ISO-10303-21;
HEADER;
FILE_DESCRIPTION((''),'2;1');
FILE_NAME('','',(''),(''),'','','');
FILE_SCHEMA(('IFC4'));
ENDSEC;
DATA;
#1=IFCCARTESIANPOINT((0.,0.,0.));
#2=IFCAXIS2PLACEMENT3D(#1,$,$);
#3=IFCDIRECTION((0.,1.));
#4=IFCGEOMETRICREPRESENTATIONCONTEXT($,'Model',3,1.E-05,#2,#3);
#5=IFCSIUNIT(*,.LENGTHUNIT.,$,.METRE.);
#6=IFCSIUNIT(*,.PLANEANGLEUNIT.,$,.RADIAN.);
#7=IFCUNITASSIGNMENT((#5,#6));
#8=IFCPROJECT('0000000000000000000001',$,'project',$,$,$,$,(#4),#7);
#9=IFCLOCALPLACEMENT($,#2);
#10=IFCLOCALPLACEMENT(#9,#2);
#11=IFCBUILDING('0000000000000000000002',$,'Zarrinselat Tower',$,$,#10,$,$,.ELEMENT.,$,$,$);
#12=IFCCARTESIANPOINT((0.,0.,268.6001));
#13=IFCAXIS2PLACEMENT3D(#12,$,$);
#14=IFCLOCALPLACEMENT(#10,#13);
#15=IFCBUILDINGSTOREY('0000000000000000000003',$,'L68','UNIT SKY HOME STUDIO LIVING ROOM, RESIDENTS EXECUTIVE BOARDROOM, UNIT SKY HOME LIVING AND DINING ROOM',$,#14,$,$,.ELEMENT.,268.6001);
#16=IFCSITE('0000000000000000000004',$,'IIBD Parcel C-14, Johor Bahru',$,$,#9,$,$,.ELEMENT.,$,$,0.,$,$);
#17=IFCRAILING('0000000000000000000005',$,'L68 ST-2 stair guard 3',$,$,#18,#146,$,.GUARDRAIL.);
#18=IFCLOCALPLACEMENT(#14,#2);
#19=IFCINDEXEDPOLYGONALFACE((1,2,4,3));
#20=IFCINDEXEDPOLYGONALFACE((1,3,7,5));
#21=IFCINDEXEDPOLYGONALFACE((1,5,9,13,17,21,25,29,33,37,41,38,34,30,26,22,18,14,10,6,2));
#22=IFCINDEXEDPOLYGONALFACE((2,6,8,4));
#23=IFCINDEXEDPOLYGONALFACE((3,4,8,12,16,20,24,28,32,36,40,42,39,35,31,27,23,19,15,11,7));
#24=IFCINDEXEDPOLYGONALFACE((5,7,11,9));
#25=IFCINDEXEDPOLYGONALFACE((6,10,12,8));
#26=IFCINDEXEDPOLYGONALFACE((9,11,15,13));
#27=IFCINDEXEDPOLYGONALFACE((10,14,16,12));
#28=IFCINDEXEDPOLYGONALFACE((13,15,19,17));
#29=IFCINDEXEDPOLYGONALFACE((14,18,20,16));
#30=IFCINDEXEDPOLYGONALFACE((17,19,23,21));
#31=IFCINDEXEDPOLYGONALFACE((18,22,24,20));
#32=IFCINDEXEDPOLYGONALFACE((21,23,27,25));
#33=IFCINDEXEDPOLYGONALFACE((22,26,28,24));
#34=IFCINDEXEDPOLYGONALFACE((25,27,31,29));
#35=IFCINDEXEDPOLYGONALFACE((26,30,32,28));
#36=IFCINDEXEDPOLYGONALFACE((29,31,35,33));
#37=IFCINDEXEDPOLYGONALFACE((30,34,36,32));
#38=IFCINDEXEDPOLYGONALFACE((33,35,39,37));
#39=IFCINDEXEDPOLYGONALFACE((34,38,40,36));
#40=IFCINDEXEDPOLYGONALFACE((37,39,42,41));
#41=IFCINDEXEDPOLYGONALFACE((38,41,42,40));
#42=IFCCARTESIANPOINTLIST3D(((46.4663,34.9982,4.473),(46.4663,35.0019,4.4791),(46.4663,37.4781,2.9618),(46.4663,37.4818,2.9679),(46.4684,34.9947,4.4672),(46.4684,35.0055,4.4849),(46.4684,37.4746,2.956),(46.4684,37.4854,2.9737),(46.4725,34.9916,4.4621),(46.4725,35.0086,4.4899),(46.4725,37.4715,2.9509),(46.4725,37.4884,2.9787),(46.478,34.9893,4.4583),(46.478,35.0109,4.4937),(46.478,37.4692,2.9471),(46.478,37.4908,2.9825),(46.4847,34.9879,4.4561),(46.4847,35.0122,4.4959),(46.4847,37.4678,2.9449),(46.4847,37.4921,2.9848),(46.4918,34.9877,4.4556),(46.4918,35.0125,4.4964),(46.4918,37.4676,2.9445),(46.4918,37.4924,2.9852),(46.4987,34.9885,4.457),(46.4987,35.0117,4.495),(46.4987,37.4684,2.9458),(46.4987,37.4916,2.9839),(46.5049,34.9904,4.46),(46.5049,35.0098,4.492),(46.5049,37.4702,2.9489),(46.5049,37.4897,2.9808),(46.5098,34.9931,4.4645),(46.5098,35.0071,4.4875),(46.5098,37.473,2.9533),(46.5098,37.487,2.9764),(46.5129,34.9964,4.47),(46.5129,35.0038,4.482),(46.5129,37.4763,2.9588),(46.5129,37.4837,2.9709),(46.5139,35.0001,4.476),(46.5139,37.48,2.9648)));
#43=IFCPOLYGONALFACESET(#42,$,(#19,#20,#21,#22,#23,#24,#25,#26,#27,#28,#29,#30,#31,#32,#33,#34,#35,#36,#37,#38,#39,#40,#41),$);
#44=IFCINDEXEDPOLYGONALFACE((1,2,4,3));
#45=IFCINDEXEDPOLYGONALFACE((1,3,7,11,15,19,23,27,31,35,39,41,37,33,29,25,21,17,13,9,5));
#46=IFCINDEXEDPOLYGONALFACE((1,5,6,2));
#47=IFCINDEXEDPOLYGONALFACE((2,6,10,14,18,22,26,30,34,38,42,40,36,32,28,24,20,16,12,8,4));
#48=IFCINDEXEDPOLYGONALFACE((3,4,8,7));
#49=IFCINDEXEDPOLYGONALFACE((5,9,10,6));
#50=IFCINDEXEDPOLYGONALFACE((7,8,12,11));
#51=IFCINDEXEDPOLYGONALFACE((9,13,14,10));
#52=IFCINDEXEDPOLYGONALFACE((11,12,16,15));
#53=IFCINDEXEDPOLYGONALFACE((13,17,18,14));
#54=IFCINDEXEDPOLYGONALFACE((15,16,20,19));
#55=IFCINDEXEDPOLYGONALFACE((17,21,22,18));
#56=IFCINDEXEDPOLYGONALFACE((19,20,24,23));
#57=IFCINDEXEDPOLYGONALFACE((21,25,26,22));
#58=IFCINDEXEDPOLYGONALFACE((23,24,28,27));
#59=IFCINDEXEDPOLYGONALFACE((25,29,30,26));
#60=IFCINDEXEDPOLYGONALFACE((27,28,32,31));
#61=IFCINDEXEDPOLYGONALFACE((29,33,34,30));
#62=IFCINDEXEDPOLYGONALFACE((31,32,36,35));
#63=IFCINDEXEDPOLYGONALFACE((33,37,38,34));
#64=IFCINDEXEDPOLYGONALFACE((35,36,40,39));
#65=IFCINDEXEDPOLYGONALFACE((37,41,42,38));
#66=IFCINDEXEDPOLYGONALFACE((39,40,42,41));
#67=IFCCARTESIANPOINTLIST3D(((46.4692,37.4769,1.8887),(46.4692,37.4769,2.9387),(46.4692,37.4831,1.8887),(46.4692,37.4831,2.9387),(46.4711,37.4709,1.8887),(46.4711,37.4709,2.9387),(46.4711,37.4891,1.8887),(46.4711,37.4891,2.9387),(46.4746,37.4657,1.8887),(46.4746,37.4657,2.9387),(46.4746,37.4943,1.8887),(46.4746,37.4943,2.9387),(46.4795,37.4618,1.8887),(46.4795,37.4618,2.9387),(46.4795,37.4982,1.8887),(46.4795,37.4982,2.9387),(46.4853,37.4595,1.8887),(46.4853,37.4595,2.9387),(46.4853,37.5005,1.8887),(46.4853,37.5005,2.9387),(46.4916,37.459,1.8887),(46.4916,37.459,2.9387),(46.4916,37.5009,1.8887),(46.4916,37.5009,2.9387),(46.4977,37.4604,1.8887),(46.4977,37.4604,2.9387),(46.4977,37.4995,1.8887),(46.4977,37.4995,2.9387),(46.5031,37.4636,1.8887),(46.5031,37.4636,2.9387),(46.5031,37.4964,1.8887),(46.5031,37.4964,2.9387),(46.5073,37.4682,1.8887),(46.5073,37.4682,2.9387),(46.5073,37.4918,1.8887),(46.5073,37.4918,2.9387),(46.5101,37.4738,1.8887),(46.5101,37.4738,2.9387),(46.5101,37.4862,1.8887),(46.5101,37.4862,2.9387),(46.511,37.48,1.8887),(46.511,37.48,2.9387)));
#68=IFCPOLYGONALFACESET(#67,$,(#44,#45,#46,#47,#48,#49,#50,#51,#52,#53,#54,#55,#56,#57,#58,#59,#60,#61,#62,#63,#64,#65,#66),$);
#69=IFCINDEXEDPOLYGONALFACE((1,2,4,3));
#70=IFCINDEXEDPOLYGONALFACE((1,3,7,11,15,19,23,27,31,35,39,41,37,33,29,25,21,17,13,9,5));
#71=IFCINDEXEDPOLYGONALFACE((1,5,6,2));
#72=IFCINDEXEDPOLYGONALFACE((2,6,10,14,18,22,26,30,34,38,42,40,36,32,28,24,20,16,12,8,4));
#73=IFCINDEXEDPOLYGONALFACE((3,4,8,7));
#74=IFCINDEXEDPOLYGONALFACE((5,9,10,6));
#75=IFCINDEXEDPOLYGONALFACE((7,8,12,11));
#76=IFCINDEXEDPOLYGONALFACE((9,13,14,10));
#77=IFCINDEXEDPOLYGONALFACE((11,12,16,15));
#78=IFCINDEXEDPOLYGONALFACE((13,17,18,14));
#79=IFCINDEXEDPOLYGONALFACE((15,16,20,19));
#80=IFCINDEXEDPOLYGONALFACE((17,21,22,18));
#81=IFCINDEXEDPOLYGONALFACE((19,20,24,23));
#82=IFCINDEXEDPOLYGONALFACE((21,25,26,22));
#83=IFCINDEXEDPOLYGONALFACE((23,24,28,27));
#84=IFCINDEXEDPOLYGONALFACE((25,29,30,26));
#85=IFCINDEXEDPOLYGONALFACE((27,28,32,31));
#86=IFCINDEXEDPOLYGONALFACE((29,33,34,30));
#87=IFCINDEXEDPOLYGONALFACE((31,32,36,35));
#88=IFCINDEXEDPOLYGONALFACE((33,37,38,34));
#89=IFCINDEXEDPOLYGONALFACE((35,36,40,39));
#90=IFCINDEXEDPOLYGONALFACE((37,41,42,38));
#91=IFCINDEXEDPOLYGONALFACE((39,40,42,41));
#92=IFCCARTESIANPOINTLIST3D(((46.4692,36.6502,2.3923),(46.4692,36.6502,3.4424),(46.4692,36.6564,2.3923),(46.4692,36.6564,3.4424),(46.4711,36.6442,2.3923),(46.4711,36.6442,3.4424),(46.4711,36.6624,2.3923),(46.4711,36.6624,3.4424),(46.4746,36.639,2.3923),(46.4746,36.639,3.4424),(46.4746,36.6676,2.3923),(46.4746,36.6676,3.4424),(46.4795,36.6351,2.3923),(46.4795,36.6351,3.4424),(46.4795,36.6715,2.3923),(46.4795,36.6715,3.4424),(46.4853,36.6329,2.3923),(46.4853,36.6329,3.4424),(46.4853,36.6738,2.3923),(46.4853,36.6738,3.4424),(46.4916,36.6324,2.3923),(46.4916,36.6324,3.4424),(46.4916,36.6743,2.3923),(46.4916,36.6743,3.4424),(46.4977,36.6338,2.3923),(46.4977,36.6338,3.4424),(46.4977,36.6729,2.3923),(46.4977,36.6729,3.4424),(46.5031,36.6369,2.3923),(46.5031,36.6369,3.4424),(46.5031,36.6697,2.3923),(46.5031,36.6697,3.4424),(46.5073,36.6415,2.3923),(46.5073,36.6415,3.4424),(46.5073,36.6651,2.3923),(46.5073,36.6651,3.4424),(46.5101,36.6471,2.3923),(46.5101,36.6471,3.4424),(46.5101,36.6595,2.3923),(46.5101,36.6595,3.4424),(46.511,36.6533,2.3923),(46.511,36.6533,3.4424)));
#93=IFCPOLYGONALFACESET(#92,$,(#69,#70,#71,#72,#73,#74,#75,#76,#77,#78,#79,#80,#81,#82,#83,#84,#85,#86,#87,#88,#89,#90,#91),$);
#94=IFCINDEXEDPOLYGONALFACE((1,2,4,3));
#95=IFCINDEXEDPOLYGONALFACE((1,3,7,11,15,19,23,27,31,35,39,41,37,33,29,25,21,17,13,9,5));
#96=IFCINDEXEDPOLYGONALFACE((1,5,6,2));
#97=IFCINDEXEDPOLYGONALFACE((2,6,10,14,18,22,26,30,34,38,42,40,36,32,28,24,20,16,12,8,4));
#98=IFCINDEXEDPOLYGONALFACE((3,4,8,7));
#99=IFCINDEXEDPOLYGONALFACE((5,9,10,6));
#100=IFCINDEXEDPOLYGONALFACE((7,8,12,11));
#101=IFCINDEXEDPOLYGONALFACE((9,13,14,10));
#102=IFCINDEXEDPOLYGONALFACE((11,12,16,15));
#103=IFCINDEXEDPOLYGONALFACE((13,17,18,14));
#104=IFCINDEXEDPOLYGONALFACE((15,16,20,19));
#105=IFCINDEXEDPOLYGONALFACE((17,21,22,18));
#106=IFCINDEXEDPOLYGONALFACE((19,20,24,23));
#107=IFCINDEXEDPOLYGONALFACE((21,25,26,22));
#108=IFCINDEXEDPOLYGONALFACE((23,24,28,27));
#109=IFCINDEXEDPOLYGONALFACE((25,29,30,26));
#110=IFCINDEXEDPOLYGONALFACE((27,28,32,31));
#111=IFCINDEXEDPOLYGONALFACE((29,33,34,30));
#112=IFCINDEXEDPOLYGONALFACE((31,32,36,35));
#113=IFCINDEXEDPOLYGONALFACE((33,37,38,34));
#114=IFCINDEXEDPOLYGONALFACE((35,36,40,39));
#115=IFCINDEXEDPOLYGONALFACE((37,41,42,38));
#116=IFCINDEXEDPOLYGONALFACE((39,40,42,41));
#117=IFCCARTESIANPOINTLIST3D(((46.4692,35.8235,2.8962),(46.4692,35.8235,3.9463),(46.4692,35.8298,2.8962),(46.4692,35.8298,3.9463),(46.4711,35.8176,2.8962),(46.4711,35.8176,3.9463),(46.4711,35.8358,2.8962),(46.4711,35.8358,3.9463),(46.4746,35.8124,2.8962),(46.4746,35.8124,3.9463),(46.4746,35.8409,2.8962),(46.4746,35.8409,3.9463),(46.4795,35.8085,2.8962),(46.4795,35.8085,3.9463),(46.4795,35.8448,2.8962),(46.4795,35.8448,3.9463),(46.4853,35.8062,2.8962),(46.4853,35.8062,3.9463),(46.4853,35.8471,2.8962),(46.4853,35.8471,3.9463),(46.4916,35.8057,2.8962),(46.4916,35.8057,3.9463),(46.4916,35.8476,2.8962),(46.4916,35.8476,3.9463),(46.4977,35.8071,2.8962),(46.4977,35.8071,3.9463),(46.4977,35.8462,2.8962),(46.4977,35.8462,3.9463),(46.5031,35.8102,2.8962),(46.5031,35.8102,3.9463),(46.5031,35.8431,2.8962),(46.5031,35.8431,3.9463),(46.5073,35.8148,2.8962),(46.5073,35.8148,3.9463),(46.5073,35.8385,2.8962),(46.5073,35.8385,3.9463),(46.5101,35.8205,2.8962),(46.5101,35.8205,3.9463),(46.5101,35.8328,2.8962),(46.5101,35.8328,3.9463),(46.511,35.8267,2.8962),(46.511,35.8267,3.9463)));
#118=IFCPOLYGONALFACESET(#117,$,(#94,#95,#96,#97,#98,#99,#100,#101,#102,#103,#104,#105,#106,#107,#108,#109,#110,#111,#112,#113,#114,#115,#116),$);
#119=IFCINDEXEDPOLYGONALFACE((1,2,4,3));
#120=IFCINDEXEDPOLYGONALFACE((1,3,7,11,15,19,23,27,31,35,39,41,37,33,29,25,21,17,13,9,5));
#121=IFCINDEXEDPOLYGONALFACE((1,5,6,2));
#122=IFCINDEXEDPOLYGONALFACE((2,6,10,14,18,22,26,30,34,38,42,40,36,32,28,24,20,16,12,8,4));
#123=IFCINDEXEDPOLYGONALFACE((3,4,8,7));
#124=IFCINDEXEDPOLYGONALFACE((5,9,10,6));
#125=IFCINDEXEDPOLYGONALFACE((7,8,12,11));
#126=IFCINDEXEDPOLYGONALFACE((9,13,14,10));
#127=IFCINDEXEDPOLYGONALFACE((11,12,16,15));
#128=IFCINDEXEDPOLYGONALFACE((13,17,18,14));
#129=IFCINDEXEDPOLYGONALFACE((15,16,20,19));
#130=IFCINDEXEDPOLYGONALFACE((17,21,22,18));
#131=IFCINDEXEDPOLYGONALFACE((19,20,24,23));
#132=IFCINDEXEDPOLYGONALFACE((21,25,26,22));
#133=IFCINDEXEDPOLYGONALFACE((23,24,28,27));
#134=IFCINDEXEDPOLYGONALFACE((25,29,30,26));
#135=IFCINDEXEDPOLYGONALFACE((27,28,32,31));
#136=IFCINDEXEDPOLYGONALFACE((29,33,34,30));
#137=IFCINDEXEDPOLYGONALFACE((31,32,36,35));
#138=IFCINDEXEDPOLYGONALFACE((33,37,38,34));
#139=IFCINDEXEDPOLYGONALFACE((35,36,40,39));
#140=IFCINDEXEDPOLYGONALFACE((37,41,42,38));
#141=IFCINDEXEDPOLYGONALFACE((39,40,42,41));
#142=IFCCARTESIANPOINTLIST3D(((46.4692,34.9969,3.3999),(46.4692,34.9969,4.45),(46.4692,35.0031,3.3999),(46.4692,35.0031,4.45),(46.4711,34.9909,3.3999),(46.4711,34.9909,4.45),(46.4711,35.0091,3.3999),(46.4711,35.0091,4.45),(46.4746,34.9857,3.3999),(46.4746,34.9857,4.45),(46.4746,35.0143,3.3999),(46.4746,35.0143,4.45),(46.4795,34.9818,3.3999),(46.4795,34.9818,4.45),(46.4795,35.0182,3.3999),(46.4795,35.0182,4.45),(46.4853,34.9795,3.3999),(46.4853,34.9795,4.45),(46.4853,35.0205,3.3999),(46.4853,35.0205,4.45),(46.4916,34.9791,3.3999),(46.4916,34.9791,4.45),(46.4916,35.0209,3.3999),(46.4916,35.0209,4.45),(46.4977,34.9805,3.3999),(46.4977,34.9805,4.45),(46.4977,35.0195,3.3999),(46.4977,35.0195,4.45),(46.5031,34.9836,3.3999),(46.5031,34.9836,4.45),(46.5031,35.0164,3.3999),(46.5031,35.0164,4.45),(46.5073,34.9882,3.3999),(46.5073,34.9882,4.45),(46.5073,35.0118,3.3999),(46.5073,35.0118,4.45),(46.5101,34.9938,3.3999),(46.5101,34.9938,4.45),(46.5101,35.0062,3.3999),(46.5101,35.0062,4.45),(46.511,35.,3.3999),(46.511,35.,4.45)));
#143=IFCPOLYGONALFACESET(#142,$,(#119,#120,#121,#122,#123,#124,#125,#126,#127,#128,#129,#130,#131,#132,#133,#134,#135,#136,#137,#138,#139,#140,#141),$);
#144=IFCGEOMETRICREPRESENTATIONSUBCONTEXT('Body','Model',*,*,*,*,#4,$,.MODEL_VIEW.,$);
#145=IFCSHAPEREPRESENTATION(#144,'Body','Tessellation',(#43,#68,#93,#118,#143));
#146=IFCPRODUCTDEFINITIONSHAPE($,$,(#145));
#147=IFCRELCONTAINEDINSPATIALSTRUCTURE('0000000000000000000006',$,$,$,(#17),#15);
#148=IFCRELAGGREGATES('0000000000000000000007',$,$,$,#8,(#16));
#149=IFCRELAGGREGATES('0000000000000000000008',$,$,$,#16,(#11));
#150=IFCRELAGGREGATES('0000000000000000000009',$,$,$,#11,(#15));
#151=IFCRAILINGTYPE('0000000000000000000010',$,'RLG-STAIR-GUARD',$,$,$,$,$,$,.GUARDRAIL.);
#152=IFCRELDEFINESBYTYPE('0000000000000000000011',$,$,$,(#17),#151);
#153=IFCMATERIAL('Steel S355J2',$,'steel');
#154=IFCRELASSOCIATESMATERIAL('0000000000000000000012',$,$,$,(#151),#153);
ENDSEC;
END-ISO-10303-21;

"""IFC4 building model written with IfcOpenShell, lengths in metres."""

from ifc_helpers import new_model, si_unit, direction, frame, origin, origin_2d, place, context, subcontext, project, spatial, circle, extrude, material, type_object, element, save


model = new_model("IFC4")

# Units and contexts
model_context = context("Model", 3, precision=1e-05, world=origin(), true_north=direction((0.0, 1.0)))
body_context = subcontext(model_context, "Body", "Model", "MODEL_VIEW")
ifc_project = project(units=[si_unit("LENGTHUNIT", "METRE"), si_unit("PLANEANGLEUNIT", "RADIAN")], contexts=[model_context])

# Site, building, storey
site_placement = place(None, origin())
site = spatial("IfcSite", under=ifc_project, at=site_placement, Name="IIBD Parcel C-14, Johor Bahru", CompositionType="ELEMENT", RefElevation=0.0)
building_placement = place(site_placement, origin())
building = spatial("IfcBuilding", under=site, at=building_placement, Name="Zarrinselat Tower", CompositionType="ELEMENT")
storey_placement = place(building_placement, frame((0.0, 0.0, 268.6001)))
storey = spatial("IfcBuildingStorey", under=building, at=storey_placement, Name="L68", Description="UNIT SKY HOME STUDIO LIVING ROOM, RESIDENTS EXECUTIVE BOARDROOM, UNIT SKY HOME LIVING AND DINING ROOM", CompositionType="ELEMENT", Elevation=268.6001)

# Railing
ifc_material_1 = material(Name="Steel S355J2", Category="steel")
railing_type_1 = type_object("IfcRailingType", Name="RLG-STAIR-GUARD", PredefinedType="GUARDRAIL", material=ifc_material_1)
railing_1_placement = place(storey_placement, frame((46.49, 37.48, 1.8887)))
element("IfcRailing", 1, at=railing_1_placement, inside=storey, type_object=railing_type_1, Name="L68 ST-2 stair guard 3", PredefinedType="GUARDRAIL", context=body_context, shape_type="SweptSolid", body=[
    extrude(circle(Radius=0.0239, at=origin_2d()), frame((0.0, 0.0, 1.0762), z_axis=(0.0, -0.853942, 0.520368), x_axis=(1.0, 0.0, 0.0)), (0.0, 0.0, 1.0), 2.9041),
    extrude(circle(Radius=0.021, at=origin_2d()), origin(), (0.0, 0.0, 1.0), 1.05),
    extrude(circle(Radius=0.021, at=origin_2d()), frame((0.0, -0.8267, 0.5037)), (0.0, 0.0, 1.0), 1.05),
    extrude(circle(Radius=0.021, at=origin_2d()), frame((0.0, -1.6533, 1.0076)), (0.0, 0.0, 1.0), 1.05),
    extrude(circle(Radius=0.021, at=origin_2d()), frame((0.0, -2.48, 1.5112)), (0.0, 0.0, 1.0), 1.05),
])

save(model, "model.ifc")
